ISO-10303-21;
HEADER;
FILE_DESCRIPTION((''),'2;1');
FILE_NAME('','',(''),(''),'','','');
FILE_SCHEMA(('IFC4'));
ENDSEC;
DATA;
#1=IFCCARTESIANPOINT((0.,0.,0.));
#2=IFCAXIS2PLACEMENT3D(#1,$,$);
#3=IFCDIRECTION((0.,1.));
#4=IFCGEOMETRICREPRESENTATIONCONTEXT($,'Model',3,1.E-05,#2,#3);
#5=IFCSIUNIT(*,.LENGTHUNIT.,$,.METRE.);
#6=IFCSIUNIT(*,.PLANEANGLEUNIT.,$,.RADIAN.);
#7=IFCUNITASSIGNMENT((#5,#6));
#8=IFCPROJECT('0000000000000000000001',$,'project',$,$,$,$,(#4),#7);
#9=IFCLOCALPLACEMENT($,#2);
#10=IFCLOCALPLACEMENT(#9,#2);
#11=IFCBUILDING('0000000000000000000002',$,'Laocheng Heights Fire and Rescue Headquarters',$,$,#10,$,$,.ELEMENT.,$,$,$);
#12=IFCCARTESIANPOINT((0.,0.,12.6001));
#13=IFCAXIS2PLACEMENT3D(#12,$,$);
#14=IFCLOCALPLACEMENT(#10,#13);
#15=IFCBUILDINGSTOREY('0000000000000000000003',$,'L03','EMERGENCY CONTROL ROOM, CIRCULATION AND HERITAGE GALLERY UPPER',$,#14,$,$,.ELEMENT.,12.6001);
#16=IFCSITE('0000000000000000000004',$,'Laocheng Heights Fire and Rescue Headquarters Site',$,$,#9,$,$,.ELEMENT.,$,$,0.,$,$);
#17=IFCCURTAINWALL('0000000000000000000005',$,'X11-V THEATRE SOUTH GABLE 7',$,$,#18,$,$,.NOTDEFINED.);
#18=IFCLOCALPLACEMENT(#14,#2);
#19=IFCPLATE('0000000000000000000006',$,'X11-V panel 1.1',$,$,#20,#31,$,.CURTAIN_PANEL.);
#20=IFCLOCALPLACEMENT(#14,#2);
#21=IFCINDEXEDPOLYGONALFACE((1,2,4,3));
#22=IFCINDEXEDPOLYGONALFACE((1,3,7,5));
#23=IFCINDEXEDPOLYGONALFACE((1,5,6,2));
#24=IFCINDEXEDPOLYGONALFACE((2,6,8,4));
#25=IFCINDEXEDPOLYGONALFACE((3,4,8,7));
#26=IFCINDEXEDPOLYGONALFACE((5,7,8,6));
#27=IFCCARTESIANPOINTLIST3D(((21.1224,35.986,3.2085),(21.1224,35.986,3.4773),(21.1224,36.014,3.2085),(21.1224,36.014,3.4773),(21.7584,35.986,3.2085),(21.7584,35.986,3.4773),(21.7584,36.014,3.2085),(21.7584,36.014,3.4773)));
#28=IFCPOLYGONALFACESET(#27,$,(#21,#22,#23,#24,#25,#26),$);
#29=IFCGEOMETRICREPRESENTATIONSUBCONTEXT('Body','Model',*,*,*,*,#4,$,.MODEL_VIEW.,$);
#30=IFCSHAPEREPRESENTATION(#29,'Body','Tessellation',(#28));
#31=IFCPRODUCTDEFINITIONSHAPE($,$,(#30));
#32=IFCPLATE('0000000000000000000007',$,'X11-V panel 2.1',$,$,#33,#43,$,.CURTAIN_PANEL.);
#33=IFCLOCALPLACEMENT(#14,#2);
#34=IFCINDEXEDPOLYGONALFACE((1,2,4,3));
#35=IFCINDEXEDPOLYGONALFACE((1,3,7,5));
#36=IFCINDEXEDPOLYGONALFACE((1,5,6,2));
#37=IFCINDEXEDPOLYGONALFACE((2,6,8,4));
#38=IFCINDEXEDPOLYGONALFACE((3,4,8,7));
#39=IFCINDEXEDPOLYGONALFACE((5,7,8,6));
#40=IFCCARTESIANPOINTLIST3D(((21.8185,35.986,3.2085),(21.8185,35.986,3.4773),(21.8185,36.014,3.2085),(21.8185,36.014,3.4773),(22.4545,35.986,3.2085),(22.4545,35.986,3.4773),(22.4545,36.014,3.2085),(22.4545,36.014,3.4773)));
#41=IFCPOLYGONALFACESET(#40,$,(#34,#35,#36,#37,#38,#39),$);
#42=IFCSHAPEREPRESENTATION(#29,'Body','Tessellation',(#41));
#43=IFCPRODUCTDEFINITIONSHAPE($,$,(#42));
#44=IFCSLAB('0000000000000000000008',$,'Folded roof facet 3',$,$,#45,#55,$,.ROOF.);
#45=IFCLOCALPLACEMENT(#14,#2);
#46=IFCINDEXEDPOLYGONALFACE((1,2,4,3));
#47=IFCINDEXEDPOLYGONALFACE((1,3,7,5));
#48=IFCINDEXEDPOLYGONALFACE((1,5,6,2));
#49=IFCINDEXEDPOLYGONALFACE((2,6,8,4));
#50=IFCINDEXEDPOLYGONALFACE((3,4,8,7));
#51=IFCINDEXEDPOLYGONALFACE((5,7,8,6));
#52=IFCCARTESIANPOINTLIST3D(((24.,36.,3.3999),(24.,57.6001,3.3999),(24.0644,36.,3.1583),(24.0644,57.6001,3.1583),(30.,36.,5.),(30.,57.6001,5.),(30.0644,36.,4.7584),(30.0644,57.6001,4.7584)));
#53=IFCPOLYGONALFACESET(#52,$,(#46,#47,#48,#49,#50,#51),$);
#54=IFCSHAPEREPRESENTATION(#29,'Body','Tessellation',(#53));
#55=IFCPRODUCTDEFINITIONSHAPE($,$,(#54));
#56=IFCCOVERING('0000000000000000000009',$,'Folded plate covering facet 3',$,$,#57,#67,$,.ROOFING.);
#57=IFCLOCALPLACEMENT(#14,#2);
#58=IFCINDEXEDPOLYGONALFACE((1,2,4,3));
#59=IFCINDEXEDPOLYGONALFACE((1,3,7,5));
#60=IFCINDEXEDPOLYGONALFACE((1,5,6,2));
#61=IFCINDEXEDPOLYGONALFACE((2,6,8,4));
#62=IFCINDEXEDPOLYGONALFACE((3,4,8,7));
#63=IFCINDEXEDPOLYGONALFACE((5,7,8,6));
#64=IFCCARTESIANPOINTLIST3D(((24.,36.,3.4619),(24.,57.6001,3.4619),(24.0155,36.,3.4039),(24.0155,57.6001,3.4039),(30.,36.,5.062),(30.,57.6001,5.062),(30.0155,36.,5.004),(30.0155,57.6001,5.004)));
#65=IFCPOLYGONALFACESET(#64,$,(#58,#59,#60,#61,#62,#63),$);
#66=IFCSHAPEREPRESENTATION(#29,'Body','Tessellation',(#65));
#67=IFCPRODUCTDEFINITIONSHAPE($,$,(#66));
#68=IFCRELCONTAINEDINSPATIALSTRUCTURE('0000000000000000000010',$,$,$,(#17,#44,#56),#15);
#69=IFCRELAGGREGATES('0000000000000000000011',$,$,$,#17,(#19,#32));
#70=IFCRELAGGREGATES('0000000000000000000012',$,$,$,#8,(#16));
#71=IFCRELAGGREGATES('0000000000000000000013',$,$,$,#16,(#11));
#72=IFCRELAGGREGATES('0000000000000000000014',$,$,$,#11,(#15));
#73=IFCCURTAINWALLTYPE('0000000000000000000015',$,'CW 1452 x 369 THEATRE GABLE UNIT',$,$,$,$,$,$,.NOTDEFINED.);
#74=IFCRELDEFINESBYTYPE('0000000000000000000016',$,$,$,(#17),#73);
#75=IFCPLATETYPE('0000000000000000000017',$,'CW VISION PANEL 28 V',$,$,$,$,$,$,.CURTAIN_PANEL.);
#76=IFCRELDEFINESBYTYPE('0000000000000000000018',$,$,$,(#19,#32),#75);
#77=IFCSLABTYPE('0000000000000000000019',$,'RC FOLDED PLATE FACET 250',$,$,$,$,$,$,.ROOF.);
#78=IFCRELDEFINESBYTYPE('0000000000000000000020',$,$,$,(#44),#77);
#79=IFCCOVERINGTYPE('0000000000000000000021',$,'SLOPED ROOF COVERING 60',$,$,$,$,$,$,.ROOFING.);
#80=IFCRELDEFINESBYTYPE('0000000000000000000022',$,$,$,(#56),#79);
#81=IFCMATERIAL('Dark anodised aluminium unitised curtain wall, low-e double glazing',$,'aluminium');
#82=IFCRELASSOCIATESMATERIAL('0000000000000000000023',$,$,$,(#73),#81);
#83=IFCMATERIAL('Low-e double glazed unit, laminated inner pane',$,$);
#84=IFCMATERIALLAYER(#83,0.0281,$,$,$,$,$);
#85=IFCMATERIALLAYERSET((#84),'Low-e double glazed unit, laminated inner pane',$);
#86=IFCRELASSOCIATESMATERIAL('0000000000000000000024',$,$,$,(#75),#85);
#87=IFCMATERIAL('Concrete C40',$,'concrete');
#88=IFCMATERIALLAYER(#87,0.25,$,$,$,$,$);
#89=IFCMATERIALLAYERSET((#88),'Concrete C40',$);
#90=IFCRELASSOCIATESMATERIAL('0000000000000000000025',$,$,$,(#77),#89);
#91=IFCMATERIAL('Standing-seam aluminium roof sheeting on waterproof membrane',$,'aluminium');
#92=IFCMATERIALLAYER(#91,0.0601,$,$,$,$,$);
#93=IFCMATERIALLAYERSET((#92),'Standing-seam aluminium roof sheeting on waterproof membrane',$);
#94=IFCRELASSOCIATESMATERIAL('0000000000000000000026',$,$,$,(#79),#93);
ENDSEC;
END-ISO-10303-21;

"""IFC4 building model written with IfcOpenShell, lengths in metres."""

from ifc_helpers import new_model, si_unit, direction, frame, origin, origin_2d, place, context, subcontext, project, spatial, polyline, rectangle, outline, extrude, material, layer, layer_set, type_object, element, aggregate, save


model = new_model("IFC4")

# Units and contexts
model_context = context("Model", 3, precision=1e-05, world=origin(), true_north=direction((0.0, 1.0)))
body_context = subcontext(model_context, "Body", "Model", "MODEL_VIEW")
ifc_project = project(units=[si_unit("LENGTHUNIT", "METRE"), si_unit("PLANEANGLEUNIT", "RADIAN")], contexts=[model_context])

# Site, building, storey
site_placement = place(None, origin())
site = spatial("IfcSite", under=ifc_project, at=site_placement, Name="Laocheng Heights Fire and Rescue Headquarters Site", CompositionType="ELEMENT", RefElevation=0.0)
building_placement = place(site_placement, origin())
building = spatial("IfcBuilding", under=site, at=building_placement, Name="Laocheng Heights Fire and Rescue Headquarters", CompositionType="ELEMENT")
storey_placement = place(building_placement, frame((0.0, 0.0, 12.6001)))
storey = spatial("IfcBuildingStorey", under=building, at=storey_placement, Name="L03", Description="EMERGENCY CONTROL ROOM, CIRCULATION AND HERITAGE GALLERY UPPER", CompositionType="ELEMENT", Elevation=12.6001)

# Curtain wall
ifc_material_1 = material(Name="Dark anodised aluminium unitised curtain wall, low-e double glazing", Category="aluminium")
curtain_wall_type_1 = type_object("IfcCurtainWallType", Name="CW 1452 x 369 THEATRE GABLE UNIT", PredefinedType="NOTDEFINED", material=ifc_material_1)
curtain_wall_1_placement = place(storey_placement, origin())
curtain_wall_1 = element("IfcCurtainWall", 1, at=curtain_wall_1_placement, inside=storey, type_object=curtain_wall_type_1, Name="X11-V THEATRE SOUTH GABLE 7", PredefinedType="NOTDEFINED")

# Plates
ifc_material_2 = material(Name="Low-e double glazed unit, laminated inner pane")
ifc_layer_1 = layer(ifc_material_2, 0.0281)
ifc_layer_set_1 = layer_set([ifc_layer_1], Name="Low-e double glazed unit, laminated inner pane")
plate_type = type_object("IfcPlateType", Name="CW VISION PANEL 28 V", PredefinedType="CURTAIN_PANEL", material=ifc_layer_set_1)
plate_1_placement = place(storey_placement, frame((21.4404, 36.0, 3.2085), z_axis=(0.0, 0.0, 1.0), x_axis=(1.0, 0.0, 0.0)))
plate_1 = element("IfcPlate", 2, at=plate_1_placement, type_object=plate_type, Name="X11-V panel 1.1", PredefinedType="CURTAIN_PANEL", context=body_context, shape_type="SweptSolid", body=[
    extrude(rectangle(XDim=0.636, YDim=0.0281, at=origin_2d()), origin(), (0.0, 0.0, 1.0), 0.2688),
])
plate_2_placement = place(storey_placement, frame((22.1365, 36.0, 3.2085), z_axis=(0.0, 0.0, 1.0), x_axis=(1.0, 0.0, 0.0)))
plate_2 = element("IfcPlate", 3, at=plate_2_placement, type_object=plate_type, Name="X11-V panel 2.1", PredefinedType="CURTAIN_PANEL", context=body_context, shape_type="SweptSolid", body=[
    extrude(rectangle(XDim=0.636, YDim=0.0281, at=origin_2d()), origin(), (0.0, 0.0, 1.0), 0.2688),
])
aggregate(curtain_wall_1, [plate_1, plate_2])

# Slab
ifc_material_3 = material(Name="Concrete C40", Category="concrete")
ifc_layer_2 = layer(ifc_material_3, 0.25)
ifc_layer_set_2 = layer_set([ifc_layer_2], Name="Concrete C40")
slab_type = type_object("IfcSlabType", Name="RC FOLDED PLATE FACET 250", PredefinedType="ROOF", material=ifc_layer_set_2)
slab_placement = place(storey_placement, frame((24.0, 36.0, 3.3999), z_axis=(-0.257677, 0.0, 0.966231), x_axis=(0.966231, 0.0, 0.257677)))
element("IfcSlab", 4, at=slab_placement, inside=storey, type_object=slab_type, Name="Folded roof facet 3", PredefinedType="ROOF", context=body_context, shape_type="SweptSolid", body=[
    extrude(outline(polyline([(0.0, 0.0), (6.2097, 0.0), (6.2097, 21.6001), (0.0, 21.6001), (0.0, 0.0)])), origin(), (0.0, 0.0, -1.0), 0.25),
])

# Covering
ifc_material_4 = material(Name="Standing-seam aluminium roof sheeting on waterproof membrane", Category="aluminium")
ifc_layer_3 = layer(ifc_material_4, 0.0601)
ifc_layer_set_3 = layer_set([ifc_layer_3], Name="Standing-seam aluminium roof sheeting on waterproof membrane")
covering_type = type_object("IfcCoveringType", Name="SLOPED ROOF COVERING 60", PredefinedType="ROOFING", material=ifc_layer_set_3)
covering_placement = place(storey_placement, frame((24.0, 36.0, 3.4619), z_axis=(-0.257677, 0.0, 0.966231), x_axis=(0.966231, 0.0, 0.257677)))
element("IfcCovering", 5, at=covering_placement, inside=storey, type_object=covering_type, Name="Folded plate covering facet 3", PredefinedType="ROOFING", context=body_context, shape_type="SweptSolid", body=[
    extrude(outline(polyline([(0.0, 0.0), (6.2097, 0.0), (6.2097, 21.6001), (0.0, 21.6001), (0.0, 0.0)])), origin(), (0.0, 0.0, -1.0), 0.0601),
])

save(model, "model.ifc")
